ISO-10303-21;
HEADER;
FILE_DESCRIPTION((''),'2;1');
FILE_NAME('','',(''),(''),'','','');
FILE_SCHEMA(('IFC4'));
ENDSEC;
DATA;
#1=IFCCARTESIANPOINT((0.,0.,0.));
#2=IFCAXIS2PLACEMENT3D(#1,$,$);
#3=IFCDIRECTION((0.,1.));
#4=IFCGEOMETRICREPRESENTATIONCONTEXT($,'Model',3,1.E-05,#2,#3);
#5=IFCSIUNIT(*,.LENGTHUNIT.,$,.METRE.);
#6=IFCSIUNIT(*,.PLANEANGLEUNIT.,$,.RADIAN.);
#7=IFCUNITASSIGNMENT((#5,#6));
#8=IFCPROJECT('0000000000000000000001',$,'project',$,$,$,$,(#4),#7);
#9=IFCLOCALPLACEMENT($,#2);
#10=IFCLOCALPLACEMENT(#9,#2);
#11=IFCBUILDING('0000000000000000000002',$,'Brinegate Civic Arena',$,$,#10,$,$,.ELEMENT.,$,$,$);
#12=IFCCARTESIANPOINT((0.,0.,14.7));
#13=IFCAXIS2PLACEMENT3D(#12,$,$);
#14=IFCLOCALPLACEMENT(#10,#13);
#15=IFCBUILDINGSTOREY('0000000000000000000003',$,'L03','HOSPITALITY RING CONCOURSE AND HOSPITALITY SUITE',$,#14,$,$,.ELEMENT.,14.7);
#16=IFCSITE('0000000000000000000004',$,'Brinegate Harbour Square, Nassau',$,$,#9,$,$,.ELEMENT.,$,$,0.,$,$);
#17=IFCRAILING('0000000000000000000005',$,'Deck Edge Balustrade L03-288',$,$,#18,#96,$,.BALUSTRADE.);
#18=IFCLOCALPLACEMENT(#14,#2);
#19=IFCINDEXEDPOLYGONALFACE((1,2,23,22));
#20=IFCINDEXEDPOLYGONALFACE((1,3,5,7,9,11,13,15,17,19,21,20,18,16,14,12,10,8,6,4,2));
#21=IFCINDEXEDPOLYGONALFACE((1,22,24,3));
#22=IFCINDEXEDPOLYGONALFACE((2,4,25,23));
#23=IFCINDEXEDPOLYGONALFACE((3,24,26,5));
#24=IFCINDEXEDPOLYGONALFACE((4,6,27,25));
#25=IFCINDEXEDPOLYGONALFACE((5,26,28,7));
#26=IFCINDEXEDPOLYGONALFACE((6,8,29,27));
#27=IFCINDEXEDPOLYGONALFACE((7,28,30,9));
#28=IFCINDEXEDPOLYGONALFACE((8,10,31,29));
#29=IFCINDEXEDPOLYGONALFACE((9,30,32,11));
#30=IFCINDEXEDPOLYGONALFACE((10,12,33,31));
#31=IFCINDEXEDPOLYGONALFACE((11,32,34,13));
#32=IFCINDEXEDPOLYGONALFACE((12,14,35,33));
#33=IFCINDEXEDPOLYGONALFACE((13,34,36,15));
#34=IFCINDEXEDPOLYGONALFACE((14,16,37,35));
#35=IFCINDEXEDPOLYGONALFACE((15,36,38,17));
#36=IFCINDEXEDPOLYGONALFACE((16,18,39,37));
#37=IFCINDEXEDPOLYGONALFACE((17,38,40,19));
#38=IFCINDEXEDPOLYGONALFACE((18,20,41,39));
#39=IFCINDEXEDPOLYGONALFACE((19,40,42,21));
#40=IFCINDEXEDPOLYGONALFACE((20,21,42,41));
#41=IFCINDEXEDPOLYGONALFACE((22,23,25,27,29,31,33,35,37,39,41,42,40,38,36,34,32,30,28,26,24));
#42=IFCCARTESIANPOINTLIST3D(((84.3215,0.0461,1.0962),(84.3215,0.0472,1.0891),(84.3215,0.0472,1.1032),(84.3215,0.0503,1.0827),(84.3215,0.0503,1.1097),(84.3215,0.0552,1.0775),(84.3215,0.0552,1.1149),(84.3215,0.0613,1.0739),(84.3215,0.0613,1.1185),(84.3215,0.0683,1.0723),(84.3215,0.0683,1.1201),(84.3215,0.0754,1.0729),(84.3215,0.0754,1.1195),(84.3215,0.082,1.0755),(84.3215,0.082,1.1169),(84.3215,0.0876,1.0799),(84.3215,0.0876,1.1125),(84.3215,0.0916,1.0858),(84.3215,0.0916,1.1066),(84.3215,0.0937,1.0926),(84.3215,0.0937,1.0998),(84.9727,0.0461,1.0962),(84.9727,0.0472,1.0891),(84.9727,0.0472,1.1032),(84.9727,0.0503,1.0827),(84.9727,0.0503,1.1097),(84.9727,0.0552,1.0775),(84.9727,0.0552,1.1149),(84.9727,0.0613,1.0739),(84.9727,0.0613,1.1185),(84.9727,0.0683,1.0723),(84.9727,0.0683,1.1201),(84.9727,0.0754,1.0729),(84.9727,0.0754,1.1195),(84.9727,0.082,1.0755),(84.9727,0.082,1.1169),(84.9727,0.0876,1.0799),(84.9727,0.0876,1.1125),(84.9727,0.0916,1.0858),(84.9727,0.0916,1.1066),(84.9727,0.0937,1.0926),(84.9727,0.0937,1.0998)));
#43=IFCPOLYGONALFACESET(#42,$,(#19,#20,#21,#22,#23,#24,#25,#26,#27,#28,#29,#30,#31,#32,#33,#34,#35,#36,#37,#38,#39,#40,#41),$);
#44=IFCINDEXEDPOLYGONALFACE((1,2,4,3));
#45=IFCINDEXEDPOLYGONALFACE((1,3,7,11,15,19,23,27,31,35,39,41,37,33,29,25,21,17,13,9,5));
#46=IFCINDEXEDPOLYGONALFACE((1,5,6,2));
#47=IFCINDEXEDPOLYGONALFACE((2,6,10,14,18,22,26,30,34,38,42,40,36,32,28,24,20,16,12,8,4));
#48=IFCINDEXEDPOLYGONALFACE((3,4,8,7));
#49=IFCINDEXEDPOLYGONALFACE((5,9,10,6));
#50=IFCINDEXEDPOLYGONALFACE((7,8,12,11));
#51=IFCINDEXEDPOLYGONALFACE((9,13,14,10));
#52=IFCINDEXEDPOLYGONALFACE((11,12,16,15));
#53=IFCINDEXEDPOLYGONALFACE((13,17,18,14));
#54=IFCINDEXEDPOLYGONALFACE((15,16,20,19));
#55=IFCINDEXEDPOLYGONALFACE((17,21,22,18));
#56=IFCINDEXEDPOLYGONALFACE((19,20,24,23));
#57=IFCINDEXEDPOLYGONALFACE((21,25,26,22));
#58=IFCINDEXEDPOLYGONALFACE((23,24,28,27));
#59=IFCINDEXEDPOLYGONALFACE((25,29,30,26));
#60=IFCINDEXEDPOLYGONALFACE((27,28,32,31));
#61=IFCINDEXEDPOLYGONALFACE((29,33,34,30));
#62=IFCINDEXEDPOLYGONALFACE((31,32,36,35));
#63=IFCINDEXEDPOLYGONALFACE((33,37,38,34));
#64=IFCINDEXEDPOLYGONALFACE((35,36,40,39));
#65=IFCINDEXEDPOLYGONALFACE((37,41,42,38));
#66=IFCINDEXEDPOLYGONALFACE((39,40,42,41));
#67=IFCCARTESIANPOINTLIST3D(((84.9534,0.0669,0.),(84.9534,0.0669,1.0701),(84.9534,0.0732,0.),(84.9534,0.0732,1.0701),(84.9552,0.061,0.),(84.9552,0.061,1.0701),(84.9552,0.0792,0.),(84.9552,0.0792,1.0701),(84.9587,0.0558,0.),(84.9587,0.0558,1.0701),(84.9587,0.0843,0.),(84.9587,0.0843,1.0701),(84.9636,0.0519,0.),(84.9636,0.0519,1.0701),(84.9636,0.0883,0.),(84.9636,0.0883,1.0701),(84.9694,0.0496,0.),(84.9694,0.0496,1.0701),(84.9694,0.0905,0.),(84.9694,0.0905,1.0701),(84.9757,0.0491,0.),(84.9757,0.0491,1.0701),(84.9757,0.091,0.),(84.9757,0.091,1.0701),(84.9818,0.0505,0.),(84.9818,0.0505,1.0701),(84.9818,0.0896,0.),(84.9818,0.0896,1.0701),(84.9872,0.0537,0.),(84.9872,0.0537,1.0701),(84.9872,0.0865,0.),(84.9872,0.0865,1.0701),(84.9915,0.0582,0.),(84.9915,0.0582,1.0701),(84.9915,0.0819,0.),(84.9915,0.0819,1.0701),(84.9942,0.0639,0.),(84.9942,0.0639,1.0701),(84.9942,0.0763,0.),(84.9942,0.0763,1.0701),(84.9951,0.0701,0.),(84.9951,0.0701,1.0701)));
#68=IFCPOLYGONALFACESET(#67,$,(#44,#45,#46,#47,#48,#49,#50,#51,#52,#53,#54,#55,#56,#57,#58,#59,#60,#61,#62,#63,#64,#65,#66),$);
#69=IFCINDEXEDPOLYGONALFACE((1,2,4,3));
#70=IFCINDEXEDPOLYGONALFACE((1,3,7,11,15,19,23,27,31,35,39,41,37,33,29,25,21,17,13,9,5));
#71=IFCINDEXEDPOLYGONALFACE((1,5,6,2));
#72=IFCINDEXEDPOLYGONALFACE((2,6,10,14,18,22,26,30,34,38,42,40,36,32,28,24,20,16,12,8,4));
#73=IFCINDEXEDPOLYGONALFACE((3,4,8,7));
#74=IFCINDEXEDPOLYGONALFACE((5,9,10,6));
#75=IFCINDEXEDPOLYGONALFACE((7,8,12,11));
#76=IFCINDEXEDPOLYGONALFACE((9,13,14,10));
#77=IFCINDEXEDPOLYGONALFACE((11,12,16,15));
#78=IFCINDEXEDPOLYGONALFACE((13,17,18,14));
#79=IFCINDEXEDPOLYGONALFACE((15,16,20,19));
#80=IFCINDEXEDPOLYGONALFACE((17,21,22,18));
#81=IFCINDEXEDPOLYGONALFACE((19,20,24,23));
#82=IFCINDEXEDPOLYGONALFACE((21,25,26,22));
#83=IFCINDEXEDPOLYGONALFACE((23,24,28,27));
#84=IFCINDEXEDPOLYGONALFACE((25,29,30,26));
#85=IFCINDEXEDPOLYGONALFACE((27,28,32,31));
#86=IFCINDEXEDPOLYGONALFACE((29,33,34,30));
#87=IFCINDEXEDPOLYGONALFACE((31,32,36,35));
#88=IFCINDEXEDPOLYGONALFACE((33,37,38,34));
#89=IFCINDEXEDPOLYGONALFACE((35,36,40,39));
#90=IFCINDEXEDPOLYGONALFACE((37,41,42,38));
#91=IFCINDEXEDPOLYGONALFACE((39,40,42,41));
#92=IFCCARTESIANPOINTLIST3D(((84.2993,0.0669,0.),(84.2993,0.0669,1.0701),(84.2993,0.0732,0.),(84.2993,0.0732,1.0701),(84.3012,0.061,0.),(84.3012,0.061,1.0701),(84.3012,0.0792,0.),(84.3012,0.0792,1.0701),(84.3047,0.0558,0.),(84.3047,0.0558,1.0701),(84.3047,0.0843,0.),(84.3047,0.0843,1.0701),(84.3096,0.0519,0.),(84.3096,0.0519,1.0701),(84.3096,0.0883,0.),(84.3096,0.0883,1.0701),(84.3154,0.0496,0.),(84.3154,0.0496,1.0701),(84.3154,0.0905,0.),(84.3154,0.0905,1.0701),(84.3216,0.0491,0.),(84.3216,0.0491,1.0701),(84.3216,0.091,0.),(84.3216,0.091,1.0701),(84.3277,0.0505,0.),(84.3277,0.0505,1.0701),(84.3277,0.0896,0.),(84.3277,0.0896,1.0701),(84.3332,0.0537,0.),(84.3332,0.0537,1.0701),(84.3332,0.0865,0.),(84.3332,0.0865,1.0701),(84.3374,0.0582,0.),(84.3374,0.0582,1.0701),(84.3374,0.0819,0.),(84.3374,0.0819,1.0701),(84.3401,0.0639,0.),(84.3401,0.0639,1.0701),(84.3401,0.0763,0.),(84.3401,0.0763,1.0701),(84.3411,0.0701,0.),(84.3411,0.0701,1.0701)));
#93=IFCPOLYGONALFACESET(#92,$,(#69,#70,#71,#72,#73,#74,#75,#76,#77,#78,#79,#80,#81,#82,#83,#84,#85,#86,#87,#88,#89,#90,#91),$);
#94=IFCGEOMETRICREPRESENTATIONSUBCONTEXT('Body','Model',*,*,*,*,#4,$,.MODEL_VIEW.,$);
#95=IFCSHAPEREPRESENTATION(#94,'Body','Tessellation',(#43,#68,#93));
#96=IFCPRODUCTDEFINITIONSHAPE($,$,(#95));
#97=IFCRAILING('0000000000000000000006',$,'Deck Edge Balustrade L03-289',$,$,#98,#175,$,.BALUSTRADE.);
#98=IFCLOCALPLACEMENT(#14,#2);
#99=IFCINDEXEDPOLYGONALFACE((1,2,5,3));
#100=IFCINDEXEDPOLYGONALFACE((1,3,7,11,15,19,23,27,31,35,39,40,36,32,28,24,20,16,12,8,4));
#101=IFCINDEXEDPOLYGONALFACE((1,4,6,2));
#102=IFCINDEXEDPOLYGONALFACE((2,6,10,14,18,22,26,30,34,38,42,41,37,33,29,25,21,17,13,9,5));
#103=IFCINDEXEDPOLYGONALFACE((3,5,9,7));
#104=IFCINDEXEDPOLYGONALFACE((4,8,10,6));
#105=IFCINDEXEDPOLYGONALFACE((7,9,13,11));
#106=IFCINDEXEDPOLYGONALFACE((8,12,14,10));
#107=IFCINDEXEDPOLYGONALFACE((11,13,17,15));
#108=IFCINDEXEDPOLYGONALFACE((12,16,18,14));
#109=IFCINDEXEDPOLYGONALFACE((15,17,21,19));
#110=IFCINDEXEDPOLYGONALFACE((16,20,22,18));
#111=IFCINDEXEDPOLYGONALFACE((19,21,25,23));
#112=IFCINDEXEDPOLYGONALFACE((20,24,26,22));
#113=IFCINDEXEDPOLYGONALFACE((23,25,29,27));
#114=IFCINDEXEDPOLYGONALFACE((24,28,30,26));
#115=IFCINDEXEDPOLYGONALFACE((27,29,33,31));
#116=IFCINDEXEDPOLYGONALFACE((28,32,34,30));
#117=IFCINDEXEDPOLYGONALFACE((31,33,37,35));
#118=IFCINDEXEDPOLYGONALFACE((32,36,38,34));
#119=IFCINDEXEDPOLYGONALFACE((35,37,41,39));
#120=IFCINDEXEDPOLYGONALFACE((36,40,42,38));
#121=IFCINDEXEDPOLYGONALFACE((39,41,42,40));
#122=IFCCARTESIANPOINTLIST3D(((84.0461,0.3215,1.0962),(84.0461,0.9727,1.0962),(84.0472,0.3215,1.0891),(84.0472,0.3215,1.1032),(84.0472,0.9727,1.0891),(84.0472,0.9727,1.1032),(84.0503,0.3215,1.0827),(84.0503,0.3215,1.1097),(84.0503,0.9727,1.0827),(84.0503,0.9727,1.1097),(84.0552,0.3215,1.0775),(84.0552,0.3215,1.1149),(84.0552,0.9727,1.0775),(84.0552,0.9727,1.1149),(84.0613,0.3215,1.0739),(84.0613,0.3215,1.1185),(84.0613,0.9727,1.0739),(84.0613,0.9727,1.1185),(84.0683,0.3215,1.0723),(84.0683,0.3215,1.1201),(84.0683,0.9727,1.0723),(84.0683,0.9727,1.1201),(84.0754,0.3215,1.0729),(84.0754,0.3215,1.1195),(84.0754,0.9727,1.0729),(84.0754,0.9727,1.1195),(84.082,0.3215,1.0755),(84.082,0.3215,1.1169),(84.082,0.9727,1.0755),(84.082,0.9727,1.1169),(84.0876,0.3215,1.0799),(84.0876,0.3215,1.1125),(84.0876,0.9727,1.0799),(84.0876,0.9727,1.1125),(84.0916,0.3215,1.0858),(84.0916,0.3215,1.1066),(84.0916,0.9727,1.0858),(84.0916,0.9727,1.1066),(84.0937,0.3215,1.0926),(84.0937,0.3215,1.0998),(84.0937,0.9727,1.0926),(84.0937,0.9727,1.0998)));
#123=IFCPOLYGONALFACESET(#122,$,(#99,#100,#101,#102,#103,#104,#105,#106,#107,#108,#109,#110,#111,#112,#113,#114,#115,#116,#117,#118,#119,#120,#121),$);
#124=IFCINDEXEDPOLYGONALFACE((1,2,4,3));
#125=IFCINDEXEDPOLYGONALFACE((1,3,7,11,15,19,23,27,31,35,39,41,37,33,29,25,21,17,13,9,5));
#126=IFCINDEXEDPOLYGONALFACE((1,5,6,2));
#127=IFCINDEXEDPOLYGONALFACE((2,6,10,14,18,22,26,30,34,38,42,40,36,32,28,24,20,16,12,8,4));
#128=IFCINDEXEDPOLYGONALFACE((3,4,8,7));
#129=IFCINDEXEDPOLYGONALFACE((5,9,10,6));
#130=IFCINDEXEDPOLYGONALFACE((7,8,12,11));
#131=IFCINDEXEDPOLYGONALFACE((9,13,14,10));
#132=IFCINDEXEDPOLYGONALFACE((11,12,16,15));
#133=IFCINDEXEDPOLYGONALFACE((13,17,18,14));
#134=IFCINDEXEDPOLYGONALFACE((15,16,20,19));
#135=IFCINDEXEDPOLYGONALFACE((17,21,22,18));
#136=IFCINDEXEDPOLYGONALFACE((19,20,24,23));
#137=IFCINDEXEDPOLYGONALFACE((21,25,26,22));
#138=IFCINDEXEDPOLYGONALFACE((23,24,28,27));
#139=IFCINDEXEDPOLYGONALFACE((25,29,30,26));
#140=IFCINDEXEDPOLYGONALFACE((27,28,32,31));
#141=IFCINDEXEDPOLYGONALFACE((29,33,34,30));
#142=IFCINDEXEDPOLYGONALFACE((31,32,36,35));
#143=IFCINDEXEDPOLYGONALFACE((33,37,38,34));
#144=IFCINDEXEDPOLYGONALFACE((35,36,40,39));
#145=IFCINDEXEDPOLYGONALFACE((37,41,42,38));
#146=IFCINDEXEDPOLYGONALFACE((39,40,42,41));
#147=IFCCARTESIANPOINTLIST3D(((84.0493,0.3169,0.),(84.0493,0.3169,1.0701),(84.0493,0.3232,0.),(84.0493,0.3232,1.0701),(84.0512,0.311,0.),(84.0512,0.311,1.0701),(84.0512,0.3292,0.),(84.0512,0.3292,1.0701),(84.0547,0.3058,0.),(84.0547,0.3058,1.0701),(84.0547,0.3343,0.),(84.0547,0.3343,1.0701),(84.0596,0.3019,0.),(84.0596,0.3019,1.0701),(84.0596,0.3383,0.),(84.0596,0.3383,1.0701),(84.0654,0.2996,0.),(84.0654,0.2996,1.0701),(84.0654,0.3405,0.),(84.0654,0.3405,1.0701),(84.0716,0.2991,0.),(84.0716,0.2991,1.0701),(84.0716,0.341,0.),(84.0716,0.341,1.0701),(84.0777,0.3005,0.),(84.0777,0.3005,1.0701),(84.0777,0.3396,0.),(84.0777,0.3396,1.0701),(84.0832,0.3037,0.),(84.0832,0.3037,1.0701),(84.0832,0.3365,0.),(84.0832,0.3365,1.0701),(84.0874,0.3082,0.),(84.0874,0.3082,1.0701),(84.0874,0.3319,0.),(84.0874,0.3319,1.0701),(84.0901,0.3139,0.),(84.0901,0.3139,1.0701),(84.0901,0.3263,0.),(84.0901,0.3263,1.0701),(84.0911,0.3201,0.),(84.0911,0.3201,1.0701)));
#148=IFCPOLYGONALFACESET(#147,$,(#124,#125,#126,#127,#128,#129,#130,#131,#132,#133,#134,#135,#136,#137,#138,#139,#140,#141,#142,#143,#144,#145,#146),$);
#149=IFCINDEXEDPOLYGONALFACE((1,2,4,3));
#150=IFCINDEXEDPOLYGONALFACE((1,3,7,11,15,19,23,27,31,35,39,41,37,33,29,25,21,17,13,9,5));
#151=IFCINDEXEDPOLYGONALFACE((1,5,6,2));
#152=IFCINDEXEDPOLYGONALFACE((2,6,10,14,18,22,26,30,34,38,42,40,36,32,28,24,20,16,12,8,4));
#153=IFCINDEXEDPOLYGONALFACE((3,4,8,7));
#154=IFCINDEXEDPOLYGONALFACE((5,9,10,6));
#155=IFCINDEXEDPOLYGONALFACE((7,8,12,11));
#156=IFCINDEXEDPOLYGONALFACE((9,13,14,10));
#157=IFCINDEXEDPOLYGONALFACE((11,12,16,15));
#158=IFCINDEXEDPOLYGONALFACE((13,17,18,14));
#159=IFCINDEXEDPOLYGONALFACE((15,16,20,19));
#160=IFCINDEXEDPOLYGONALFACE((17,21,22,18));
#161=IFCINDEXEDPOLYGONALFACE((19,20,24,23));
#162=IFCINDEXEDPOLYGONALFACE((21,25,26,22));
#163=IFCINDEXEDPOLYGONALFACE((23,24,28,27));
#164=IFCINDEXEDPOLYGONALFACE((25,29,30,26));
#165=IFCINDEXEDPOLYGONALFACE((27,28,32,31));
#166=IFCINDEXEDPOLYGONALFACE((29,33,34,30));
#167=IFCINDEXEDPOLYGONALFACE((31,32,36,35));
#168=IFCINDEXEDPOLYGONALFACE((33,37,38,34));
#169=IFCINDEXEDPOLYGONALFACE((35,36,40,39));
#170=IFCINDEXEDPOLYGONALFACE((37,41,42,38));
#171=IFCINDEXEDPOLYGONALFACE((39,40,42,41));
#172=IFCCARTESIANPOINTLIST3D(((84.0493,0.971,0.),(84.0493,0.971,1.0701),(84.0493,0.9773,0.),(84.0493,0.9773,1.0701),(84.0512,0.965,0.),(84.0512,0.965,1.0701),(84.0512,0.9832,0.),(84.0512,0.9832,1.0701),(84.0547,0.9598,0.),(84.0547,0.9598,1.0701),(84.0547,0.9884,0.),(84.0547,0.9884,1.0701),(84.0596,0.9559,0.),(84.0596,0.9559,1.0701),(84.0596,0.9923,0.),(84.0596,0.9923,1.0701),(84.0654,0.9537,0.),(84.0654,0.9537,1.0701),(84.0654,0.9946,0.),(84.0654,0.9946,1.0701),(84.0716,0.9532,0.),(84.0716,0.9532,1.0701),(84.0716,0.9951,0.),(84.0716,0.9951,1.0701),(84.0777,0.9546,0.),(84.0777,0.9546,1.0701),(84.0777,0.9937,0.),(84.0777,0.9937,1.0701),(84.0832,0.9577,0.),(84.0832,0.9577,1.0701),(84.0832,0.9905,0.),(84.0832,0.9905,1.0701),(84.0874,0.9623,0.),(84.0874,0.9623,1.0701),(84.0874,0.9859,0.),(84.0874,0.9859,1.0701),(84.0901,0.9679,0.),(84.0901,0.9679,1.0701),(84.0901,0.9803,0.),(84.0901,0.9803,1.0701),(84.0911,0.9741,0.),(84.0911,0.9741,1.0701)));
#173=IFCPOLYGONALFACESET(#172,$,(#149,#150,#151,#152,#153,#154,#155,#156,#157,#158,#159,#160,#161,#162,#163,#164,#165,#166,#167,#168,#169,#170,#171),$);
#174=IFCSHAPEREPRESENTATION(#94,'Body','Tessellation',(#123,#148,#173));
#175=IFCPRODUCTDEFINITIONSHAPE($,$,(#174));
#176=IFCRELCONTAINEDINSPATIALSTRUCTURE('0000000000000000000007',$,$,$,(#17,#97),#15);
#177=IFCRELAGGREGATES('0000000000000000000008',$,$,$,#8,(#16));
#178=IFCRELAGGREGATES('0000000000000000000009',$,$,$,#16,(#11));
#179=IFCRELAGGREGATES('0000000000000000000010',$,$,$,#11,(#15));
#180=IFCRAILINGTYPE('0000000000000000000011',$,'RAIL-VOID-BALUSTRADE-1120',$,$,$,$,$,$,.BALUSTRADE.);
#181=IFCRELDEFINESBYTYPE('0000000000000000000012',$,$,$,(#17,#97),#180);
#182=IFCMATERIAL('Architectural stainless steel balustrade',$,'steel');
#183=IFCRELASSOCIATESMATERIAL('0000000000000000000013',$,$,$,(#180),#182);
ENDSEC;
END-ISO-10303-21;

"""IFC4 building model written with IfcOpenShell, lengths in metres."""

from ifc_helpers import new_model, si_unit, direction, frame, origin, origin_2d, place, context, subcontext, project, spatial, circle, extrude, material, type_object, element, save


model = new_model("IFC4")

# Units and contexts
model_context = context("Model", 3, precision=1e-05, world=origin(), true_north=direction((0.0, 1.0)))
body_context = subcontext(model_context, "Body", "Model", "MODEL_VIEW")
ifc_project = project(units=[si_unit("LENGTHUNIT", "METRE"), si_unit("PLANEANGLEUNIT", "RADIAN")], contexts=[model_context])

# Site, building, storey
site_placement = place(None, origin())
site = spatial("IfcSite", under=ifc_project, at=site_placement, Name="Brinegate Harbour Square, Nassau", CompositionType="ELEMENT", RefElevation=0.0)
building_placement = place(site_placement, origin())
building = spatial("IfcBuilding", under=site, at=building_placement, Name="Brinegate Civic Arena", CompositionType="ELEMENT")
storey_placement = place(building_placement, frame((0.0, 0.0, 14.7)))
storey = spatial("IfcBuildingStorey", under=building, at=storey_placement, Name="L03", Description="HOSPITALITY RING CONCOURSE AND HOSPITALITY SUITE", CompositionType="ELEMENT", Elevation=14.7)

# Railings
ifc_material_1 = material(Name="Architectural stainless steel balustrade", Category="steel")
railing_type = type_object("IfcRailingType", Name="RAIL-VOID-BALUSTRADE-1120", PredefinedType="BALUSTRADE", material=ifc_material_1)
railing_1_placement = place(storey_placement, frame((84.9741, 0.0701, 0.0)))
element("IfcRailing", 1, at=railing_1_placement, inside=storey, type_object=railing_type, Name="Deck Edge Balustrade L03-288", PredefinedType="BALUSTRADE", context=body_context, shape_type="SweptSolid", body=[
    extrude(circle(Radius=0.0239, at=origin_2d()), frame((-0.0015, 0.0, 1.0962), z_axis=(-1.0, 0.0, 0.0), x_axis=(0.0, -1.0, 0.0)), (0.0, 0.0, 1.0), 0.6511),
    extrude(circle(Radius=0.021, at=origin_2d()), origin(), (0.0, 0.0, 1.0), 1.0701),
    extrude(circle(Radius=0.021, at=origin_2d()), frame((-0.6541, 0.0, 0.0)), (0.0, 0.0, 1.0), 1.0701),
])
railing_2_placement = place(storey_placement, frame((84.0701, 0.3201, 0.0)))
element("IfcRailing", 2, at=railing_2_placement, inside=storey, type_object=railing_type, Name="Deck Edge Balustrade L03-289", PredefinedType="BALUSTRADE", context=body_context, shape_type="SweptSolid", body=[
    extrude(circle(Radius=0.0239, at=origin_2d()), frame((0.0, 0.0015, 1.0962), z_axis=(0.0, 1.0, 0.0), x_axis=(-1.0, 0.0, 0.0)), (0.0, 0.0, 1.0), 0.6511),
    extrude(circle(Radius=0.021, at=origin_2d()), origin(), (0.0, 0.0, 1.0), 1.0701),
    extrude(circle(Radius=0.021, at=origin_2d()), frame((0.0, 0.6541, 0.0)), (0.0, 0.0, 1.0), 1.0701),
])

save(model, "model.ifc")
